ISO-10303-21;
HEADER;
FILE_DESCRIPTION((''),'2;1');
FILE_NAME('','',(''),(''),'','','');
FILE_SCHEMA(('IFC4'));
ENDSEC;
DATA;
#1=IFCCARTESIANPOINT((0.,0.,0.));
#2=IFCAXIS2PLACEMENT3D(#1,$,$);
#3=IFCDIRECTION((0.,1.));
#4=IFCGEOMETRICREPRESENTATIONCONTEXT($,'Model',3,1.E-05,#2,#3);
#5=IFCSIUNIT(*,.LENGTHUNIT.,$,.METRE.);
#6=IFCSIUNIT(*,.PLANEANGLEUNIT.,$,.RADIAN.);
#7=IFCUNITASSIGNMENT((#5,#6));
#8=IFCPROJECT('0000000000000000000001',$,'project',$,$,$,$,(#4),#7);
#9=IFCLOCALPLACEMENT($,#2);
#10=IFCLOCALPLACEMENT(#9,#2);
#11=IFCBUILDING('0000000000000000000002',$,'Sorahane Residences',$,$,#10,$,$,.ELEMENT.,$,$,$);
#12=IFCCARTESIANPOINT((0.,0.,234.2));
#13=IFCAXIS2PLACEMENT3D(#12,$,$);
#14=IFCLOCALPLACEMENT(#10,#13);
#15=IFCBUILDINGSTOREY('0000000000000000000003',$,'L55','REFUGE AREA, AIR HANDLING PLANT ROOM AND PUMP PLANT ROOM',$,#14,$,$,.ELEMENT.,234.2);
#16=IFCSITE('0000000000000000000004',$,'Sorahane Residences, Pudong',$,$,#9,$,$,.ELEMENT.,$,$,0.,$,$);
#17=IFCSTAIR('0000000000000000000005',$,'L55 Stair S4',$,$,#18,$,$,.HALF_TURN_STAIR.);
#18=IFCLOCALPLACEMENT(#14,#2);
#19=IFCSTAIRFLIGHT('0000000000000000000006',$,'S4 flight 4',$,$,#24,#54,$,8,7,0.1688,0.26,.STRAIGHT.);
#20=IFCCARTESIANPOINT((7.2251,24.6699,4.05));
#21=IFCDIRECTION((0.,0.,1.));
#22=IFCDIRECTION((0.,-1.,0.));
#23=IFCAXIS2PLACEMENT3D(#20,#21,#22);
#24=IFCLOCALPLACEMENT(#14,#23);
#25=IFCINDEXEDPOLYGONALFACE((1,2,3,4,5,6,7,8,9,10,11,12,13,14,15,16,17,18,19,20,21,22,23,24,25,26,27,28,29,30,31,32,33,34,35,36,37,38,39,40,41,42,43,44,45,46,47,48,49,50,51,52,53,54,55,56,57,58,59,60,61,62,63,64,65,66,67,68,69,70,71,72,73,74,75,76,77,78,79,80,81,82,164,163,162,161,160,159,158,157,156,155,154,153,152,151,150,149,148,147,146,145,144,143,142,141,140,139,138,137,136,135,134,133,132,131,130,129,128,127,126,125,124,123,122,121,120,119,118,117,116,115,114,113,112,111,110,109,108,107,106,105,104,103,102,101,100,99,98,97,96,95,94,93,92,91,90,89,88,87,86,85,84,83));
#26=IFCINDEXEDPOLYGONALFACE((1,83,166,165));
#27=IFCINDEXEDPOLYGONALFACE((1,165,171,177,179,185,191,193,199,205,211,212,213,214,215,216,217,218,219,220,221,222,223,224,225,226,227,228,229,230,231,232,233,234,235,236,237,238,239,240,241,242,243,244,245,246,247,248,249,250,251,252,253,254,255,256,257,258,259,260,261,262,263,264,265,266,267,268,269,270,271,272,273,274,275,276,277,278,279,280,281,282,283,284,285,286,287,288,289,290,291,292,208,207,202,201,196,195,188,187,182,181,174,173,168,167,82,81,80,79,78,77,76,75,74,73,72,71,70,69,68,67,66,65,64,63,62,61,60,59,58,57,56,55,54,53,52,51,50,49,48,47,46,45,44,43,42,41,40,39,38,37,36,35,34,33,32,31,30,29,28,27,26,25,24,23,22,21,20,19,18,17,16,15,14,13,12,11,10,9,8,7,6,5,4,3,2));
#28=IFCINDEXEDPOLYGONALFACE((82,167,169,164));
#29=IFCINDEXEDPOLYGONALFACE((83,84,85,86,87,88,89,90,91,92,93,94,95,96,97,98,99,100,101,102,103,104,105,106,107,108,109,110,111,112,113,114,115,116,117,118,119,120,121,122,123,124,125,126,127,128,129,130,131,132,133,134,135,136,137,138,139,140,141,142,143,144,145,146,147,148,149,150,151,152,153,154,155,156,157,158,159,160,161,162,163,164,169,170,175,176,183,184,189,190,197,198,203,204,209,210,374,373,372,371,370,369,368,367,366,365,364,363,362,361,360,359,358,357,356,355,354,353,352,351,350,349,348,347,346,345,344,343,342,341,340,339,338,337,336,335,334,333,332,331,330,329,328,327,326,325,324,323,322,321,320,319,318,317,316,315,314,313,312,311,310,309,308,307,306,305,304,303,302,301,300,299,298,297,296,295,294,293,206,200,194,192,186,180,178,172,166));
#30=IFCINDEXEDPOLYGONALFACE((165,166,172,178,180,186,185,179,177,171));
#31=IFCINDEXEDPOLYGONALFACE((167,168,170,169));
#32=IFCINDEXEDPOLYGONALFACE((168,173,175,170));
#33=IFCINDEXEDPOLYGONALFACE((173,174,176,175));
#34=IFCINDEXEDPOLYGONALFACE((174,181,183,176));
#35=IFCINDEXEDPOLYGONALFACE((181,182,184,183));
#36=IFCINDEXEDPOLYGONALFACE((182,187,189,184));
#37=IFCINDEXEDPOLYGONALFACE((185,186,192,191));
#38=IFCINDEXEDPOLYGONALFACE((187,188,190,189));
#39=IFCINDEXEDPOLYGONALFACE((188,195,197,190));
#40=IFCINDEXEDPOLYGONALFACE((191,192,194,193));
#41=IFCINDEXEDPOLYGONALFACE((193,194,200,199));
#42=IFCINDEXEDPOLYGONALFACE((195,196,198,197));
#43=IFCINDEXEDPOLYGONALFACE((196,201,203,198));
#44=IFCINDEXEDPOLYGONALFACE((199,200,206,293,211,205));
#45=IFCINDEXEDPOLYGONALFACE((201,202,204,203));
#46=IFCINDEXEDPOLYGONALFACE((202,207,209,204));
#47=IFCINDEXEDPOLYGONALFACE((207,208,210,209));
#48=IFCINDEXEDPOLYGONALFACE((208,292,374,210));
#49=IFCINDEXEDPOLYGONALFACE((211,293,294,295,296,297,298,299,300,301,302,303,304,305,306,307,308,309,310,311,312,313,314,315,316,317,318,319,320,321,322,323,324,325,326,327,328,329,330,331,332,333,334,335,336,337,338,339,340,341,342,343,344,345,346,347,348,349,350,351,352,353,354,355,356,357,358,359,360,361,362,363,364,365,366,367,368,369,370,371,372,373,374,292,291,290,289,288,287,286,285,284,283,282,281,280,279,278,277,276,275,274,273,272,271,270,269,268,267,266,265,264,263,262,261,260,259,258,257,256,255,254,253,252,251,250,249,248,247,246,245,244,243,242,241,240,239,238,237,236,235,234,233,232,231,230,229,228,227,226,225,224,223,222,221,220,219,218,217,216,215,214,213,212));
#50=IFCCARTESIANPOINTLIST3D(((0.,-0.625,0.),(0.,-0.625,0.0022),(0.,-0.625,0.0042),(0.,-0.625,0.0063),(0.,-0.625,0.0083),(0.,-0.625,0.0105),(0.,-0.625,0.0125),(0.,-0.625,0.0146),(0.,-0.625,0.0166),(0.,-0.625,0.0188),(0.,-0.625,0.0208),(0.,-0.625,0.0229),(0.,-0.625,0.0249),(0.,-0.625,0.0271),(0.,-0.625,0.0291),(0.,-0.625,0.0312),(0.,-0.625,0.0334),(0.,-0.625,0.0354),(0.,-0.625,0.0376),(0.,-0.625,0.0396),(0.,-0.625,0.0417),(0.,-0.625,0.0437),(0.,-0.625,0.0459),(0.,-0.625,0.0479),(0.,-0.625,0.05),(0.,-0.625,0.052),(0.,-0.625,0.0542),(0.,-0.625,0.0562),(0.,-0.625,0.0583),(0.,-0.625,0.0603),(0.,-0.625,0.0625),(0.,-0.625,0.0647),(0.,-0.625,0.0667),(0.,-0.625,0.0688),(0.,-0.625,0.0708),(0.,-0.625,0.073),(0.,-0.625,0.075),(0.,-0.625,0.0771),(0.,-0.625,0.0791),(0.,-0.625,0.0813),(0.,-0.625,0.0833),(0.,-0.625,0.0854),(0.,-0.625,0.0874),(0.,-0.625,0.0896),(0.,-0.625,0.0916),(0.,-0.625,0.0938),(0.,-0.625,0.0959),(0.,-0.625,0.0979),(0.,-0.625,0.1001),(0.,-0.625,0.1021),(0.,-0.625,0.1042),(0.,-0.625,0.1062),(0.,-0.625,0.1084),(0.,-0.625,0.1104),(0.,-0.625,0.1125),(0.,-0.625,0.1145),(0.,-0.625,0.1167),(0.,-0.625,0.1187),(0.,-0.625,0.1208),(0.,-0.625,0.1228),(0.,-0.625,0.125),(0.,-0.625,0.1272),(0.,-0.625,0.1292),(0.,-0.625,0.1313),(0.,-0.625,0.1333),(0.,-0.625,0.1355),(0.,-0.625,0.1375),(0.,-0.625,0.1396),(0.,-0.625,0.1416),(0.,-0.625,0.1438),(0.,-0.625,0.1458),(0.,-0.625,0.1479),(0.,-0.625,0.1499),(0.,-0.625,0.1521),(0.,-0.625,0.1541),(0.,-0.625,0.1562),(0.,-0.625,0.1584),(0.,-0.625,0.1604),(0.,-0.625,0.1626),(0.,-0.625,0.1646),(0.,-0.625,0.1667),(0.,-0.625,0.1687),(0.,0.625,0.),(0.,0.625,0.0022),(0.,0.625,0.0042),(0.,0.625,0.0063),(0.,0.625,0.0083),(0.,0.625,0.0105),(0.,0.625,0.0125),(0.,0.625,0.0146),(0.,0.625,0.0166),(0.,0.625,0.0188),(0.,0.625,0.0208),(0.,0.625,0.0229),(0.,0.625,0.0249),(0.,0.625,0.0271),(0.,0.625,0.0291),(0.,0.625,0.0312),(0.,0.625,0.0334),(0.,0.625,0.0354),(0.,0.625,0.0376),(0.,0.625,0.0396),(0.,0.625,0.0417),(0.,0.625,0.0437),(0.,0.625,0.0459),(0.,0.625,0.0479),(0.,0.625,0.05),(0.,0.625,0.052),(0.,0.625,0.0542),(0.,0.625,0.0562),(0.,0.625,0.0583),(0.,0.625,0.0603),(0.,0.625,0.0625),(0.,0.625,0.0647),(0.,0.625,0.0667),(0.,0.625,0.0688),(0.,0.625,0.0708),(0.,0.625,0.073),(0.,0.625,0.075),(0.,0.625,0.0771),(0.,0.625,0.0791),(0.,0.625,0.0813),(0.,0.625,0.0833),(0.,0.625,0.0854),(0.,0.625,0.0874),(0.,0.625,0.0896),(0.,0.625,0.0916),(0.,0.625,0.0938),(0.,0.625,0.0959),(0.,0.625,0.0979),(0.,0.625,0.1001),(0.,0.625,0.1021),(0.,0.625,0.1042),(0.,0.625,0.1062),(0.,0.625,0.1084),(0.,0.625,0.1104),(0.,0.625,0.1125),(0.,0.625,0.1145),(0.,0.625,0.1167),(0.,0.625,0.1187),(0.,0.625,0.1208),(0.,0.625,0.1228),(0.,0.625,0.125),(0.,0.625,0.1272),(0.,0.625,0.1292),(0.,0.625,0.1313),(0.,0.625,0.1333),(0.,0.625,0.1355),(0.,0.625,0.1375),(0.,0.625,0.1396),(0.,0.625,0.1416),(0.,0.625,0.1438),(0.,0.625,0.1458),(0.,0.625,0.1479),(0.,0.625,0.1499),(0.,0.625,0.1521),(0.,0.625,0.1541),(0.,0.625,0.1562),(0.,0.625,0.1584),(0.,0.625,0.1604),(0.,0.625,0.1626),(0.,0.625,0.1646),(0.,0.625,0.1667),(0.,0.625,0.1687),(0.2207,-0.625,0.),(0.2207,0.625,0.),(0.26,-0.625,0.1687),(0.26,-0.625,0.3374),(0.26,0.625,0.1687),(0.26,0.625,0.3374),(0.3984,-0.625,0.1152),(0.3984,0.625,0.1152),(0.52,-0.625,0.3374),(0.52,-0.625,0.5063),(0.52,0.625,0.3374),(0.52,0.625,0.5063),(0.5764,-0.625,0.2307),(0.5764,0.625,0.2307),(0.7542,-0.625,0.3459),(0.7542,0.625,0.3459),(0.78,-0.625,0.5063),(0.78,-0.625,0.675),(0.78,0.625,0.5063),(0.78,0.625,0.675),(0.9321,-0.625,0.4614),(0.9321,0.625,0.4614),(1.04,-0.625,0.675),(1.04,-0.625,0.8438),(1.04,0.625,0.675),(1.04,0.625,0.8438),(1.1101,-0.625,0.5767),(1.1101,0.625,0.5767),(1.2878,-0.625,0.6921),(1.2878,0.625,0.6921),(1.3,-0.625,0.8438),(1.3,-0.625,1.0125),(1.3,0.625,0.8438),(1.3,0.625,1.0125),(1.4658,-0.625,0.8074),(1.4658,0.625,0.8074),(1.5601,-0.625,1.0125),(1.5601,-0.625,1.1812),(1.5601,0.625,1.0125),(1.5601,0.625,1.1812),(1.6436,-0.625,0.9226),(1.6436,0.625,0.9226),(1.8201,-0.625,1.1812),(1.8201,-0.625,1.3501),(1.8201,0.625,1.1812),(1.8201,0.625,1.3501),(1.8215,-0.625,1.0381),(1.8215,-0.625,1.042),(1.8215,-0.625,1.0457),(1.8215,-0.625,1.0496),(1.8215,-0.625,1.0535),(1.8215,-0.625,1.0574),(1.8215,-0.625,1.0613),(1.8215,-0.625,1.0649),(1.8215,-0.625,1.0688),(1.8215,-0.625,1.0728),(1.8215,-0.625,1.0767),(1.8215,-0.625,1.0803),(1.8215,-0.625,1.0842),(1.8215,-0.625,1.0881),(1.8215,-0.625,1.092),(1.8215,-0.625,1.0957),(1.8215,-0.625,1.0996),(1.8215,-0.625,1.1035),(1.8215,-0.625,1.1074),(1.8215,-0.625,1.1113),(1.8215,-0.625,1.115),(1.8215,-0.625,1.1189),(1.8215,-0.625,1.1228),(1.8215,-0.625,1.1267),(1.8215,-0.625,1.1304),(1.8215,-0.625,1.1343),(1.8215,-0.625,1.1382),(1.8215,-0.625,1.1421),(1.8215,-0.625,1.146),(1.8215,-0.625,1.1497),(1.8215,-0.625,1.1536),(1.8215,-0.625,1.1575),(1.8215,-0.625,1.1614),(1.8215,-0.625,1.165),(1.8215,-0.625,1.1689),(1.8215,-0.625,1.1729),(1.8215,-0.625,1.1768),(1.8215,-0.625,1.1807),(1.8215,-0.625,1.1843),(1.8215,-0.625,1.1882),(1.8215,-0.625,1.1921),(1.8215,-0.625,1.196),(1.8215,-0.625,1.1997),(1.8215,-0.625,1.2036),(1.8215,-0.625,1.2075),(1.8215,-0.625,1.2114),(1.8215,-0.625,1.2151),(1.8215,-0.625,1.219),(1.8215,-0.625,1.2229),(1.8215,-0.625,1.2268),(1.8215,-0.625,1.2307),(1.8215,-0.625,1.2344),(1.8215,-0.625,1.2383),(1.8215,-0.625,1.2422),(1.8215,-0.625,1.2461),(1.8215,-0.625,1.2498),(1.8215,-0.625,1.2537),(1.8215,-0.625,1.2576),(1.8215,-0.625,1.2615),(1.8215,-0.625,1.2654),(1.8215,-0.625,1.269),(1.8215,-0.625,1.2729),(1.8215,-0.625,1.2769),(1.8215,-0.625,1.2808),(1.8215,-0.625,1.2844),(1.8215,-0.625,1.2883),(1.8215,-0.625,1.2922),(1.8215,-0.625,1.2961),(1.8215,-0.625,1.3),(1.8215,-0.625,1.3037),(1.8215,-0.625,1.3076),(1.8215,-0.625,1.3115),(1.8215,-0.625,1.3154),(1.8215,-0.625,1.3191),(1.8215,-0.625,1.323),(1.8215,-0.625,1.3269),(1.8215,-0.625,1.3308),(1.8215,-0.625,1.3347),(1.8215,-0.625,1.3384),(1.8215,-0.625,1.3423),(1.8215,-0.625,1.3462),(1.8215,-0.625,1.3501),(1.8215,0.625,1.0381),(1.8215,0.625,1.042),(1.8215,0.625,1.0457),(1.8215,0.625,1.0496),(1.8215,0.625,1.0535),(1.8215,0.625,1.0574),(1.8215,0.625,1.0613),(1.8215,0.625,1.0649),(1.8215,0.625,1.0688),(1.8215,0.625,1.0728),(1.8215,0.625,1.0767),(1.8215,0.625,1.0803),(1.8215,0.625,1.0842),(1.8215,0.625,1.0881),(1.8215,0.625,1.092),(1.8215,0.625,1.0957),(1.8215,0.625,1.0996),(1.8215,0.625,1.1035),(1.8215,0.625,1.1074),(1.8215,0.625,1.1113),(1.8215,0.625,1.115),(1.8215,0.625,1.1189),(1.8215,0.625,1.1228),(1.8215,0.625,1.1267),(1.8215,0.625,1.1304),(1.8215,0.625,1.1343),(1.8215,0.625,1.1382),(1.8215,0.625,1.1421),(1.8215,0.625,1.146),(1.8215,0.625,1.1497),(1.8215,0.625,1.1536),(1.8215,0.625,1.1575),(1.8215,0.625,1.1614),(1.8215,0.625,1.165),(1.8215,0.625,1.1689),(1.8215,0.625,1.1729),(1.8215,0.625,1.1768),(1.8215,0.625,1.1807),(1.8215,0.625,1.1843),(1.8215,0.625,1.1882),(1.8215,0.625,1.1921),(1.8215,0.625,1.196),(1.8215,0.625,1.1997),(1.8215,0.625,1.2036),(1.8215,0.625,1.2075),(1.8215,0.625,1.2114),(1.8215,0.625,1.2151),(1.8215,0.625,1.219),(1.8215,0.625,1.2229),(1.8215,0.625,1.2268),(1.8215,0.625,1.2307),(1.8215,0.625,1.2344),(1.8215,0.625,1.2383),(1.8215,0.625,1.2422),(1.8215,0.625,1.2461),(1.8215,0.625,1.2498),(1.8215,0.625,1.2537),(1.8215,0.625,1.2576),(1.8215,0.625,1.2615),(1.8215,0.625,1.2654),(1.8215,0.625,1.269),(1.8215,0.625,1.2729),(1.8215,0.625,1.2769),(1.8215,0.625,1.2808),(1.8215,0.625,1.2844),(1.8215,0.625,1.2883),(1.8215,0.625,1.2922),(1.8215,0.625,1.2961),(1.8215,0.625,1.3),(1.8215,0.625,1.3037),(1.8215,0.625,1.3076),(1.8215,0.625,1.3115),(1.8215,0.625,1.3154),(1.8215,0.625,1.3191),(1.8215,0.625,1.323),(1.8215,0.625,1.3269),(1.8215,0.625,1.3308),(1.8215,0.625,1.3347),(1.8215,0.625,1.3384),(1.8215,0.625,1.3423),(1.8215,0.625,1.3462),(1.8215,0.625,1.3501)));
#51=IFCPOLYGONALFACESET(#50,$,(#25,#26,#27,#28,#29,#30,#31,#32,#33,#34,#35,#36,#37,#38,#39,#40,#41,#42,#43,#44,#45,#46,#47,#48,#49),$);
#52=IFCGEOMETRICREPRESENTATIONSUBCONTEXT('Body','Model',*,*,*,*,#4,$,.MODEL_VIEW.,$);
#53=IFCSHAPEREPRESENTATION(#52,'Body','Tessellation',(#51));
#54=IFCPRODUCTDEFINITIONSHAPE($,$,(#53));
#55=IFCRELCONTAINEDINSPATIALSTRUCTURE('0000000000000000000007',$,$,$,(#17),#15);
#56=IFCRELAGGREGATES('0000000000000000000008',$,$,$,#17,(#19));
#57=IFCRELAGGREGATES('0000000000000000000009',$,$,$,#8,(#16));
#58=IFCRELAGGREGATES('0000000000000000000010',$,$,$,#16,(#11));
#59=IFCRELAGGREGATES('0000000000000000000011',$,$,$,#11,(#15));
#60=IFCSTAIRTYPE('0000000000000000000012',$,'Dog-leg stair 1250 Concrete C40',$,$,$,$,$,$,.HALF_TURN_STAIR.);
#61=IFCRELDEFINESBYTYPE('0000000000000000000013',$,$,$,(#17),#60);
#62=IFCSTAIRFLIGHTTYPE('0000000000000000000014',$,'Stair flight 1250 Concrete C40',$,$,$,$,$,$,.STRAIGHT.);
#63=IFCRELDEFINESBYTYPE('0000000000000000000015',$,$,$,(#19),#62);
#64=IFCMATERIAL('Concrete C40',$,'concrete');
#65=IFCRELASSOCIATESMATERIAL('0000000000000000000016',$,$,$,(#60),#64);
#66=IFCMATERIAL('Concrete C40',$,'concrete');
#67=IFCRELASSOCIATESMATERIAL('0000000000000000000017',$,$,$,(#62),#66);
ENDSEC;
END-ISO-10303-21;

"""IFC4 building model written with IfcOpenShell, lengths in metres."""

from ifc_helpers import new_model, si_unit, direction, frame, origin, place, context, subcontext, project, spatial, polyline, outline, extrude, material, type_object, element, aggregate, save


model = new_model("IFC4")

# Units and contexts
model_context = context("Model", 3, precision=1e-05, world=origin(), true_north=direction((0.0, 1.0)))
body_context = subcontext(model_context, "Body", "Model", "MODEL_VIEW")
ifc_project = project(units=[si_unit("LENGTHUNIT", "METRE"), si_unit("PLANEANGLEUNIT", "RADIAN")], contexts=[model_context])

# Site, building, storey
site_placement = place(None, origin())
site = spatial("IfcSite", under=ifc_project, at=site_placement, Name="Sorahane Residences, Pudong", CompositionType="ELEMENT", RefElevation=0.0)
building_placement = place(site_placement, origin())
building = spatial("IfcBuilding", under=site, at=building_placement, Name="Sorahane Residences", CompositionType="ELEMENT")
storey_placement = place(building_placement, frame((0.0, 0.0, 234.2)))
storey = spatial("IfcBuildingStorey", under=building, at=storey_placement, Name="L55", Description="REFUGE AREA, AIR HANDLING PLANT ROOM AND PUMP PLANT ROOM", CompositionType="ELEMENT", Elevation=234.2)

# Stair, stair flight
ifc_material_1 = material(Name="Concrete C40", Category="concrete")
stair_type = type_object("IfcStairType", Name="Dog-leg stair 1250 Concrete C40", PredefinedType="HALF_TURN_STAIR", material=ifc_material_1)
stair_placement = place(storey_placement, origin())
stair = element("IfcStair", 1, at=stair_placement, inside=storey, type_object=stair_type, Name="L55 Stair S4", PredefinedType="HALF_TURN_STAIR")
ifc_material_2 = material(Name="Concrete C40", Category="concrete")
stair_flight_type = type_object("IfcStairFlightType", Name="Stair flight 1250 Concrete C40", PredefinedType="STRAIGHT", material=ifc_material_2)
stair_flight_1_placement = place(storey_placement, frame((7.2251, 24.6699, 4.05), z_axis=(0.0, 0.0, 1.0), x_axis=(0.0, -1.0, 0.0)))
stair_flight_1 = element("IfcStairFlight", 2, at=stair_flight_1_placement, type_object=stair_flight_type, Name="S4 flight 4", NumberOfRisers=8, NumberOfTreads=7, PredefinedType="STRAIGHT", RiserHeight=0.1688, TreadLength=0.26, context=body_context, shape_type="SweptSolid", body=[
    extrude(outline(polyline([(0.0, 0.0), (0.0, 0.0022), (0.0, 0.0042), (0.0, 0.0063), (0.0, 0.0083), (0.0, 0.0105), (0.0, 0.0125), (0.0, 0.0146), (0.0, 0.0166), (0.0, 0.0188), (0.0, 0.0208), (0.0, 0.0229), (0.0, 0.0249), (0.0, 0.0271), (0.0, 0.0291), (0.0, 0.0312), (0.0, 0.0334), (0.0, 0.0354), (0.0, 0.0376), (0.0, 0.0396), (0.0, 0.0417), (0.0, 0.0437), (0.0, 0.0459), (0.0, 0.0479), (0.0, 0.05), (0.0, 0.052), (0.0, 0.0542), (0.0, 0.0562), (0.0, 0.0583), (0.0, 0.0603), (0.0, 0.0625), (0.0, 0.0647), (0.0, 0.0667), (0.0, 0.0688), (0.0, 0.0708), (0.0, 0.073), (0.0, 0.075), (0.0, 0.0771), (0.0, 0.0791), (0.0, 0.0813), (0.0, 0.0833), (0.0, 0.0854), (0.0, 0.0874), (0.0, 0.0896), (0.0, 0.0916), (0.0, 0.0938), (0.0, 0.0959), (0.0, 0.0979), (0.0, 0.1001), (0.0, 0.1021), (0.0, 0.1042), (0.0, 0.1062), (0.0, 0.1084), (0.0, 0.1104), (0.0, 0.1125), (0.0, 0.1145), (0.0, 0.1167), (0.0, 0.1187), (0.0, 0.1208), (0.0, 0.1228), (0.0, 0.125), (0.0, 0.1272), (0.0, 0.1292), (0.0, 0.1313), (0.0, 0.1333), (0.0, 0.1355), (0.0, 0.1375), (0.0, 0.1396), (0.0, 0.1416), (0.0, 0.1438), (0.0, 0.1458), (0.0, 0.1479), (0.0, 0.1499), (0.0, 0.1521), (0.0, 0.1541), (0.0, 0.1562), (0.0, 0.1584), (0.0, 0.1604), (0.0, 0.1626), (0.0, 0.1646), (0.0, 0.1667), (0.0, 0.1687), (0.26, 0.1687), (0.26, 0.3374), (0.52, 0.3374), (0.52, 0.5063), (0.78, 0.5063), (0.78, 0.675), (1.04, 0.675), (1.04, 0.8438), (1.3, 0.8438), (1.3, 1.0125), (1.5601, 1.0125), (1.5601, 1.1812), (1.8201, 1.1812), (1.8201, 1.3501), (1.8215, 1.3501), (1.8215, 1.3462), (1.8215, 1.3423), (1.8215, 1.3384), (1.8215, 1.3347), (1.8215, 1.3308), (1.8215, 1.3269), (1.8215, 1.323), (1.8215, 1.3191), (1.8215, 1.3154), (1.8215, 1.3115), (1.8215, 1.3076), (1.8215, 1.3037), (1.8215, 1.3), (1.8215, 1.2961), (1.8215, 1.2922), (1.8215, 1.2883), (1.8215, 1.2844), (1.8215, 1.2808), (1.8215, 1.2769), (1.8215, 1.2729), (1.8215, 1.269), (1.8215, 1.2654), (1.8215, 1.2615), (1.8215, 1.2576), (1.8215, 1.2537), (1.8215, 1.2498), (1.8215, 1.2461), (1.8215, 1.2422), (1.8215, 1.2383), (1.8215, 1.2344), (1.8215, 1.2307), (1.8215, 1.2268), (1.8215, 1.2229), (1.8215, 1.219), (1.8215, 1.2151), (1.8215, 1.2114), (1.8215, 1.2075), (1.8215, 1.2036), (1.8215, 1.1997), (1.8215, 1.196), (1.8215, 1.1921), (1.8215, 1.1882), (1.8215, 1.1843), (1.8215, 1.1807), (1.8215, 1.1768), (1.8215, 1.1729), (1.8215, 1.1689), (1.8215, 1.165), (1.8215, 1.1614), (1.8215, 1.1575), (1.8215, 1.1536), (1.8215, 1.1497), (1.8215, 1.146), (1.8215, 1.1421), (1.8215, 1.1382), (1.8215, 1.1343), (1.8215, 1.1304), (1.8215, 1.1267), (1.8215, 1.1228), (1.8215, 1.1189), (1.8215, 1.115), (1.8215, 1.1113), (1.8215, 1.1074), (1.8215, 1.1035), (1.8215, 1.0996), (1.8215, 1.0957), (1.8215, 1.092), (1.8215, 1.0881), (1.8215, 1.0842), (1.8215, 1.0803), (1.8215, 1.0767), (1.8215, 1.0728), (1.8215, 1.0688), (1.8215, 1.0649), (1.8215, 1.0613), (1.8215, 1.0574), (1.8215, 1.0535), (1.8215, 1.0496), (1.8215, 1.0457), (1.8215, 1.042), (1.8215, 1.0381), (1.6436, 0.9226), (1.4658, 0.8074), (1.2878, 0.6921), (1.1101, 0.5767), (0.9321, 0.4614), (0.7542, 0.3459), (0.5764, 0.2307), (0.3984, 0.1152), (0.2207, 0.0), (0.0, 0.0)])), frame((0.0, 0.625, 0.0), z_axis=(0.0, -1.0, 0.0), x_axis=(1.0, 0.0, 0.0)), (0.0, 0.0, 1.0), 1.25),
])
aggregate(stair, [stair_flight_1])

save(model, "model.ifc")
